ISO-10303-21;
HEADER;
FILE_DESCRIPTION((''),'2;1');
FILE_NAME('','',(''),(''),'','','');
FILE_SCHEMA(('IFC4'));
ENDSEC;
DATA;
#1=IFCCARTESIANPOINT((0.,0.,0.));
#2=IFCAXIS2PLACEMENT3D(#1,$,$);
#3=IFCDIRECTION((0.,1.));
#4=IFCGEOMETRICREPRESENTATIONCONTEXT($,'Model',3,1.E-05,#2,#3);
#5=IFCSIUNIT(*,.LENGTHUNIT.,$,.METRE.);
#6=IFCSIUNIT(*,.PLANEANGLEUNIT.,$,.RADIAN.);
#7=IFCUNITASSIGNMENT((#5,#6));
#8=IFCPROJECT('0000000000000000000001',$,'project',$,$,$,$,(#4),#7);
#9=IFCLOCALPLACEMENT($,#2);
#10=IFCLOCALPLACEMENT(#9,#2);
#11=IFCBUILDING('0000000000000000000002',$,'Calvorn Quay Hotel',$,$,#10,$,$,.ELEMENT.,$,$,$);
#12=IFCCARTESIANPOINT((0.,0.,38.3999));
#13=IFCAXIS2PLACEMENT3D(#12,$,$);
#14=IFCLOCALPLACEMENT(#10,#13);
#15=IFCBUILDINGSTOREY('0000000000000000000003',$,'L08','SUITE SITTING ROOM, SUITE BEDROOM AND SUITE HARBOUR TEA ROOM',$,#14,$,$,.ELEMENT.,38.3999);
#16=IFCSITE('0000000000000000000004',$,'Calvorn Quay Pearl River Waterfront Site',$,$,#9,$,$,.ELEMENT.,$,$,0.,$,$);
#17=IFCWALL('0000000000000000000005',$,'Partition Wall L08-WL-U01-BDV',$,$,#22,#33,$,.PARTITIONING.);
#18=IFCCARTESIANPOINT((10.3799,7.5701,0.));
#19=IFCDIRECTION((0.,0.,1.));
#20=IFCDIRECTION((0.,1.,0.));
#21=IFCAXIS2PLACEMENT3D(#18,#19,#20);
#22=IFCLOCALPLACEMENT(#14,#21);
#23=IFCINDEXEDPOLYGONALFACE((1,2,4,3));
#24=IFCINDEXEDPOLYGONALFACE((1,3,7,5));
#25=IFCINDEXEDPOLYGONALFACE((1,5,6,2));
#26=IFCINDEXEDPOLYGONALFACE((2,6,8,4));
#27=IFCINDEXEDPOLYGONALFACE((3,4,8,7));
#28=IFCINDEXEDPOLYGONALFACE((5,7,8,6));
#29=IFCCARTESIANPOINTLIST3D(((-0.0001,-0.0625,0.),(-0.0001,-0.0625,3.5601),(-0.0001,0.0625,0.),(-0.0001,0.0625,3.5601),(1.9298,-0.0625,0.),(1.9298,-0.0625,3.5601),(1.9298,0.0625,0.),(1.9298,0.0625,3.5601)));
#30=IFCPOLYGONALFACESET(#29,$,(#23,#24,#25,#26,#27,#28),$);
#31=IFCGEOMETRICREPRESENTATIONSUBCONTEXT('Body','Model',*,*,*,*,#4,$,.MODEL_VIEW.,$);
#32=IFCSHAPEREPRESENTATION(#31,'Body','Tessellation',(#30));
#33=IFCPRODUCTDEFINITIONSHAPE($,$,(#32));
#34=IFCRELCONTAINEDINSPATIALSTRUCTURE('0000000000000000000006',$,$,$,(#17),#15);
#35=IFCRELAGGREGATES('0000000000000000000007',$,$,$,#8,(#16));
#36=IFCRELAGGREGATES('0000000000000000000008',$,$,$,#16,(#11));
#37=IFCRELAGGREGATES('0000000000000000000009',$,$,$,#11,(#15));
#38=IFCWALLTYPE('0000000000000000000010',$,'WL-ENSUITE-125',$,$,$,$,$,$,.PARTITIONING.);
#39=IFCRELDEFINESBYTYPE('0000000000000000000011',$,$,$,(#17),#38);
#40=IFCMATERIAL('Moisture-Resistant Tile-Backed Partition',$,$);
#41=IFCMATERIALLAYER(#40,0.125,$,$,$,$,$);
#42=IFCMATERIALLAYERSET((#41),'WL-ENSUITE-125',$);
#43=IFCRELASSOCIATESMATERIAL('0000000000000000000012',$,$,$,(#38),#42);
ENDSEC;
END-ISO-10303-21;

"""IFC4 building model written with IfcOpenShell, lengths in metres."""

from ifc_helpers import new_model, si_unit, direction, frame, frame_2d, origin, place, context, subcontext, project, spatial, rectangle, extrude, material, layer, layer_set, type_object, element, save


model = new_model("IFC4")

# Units and contexts
model_context = context("Model", 3, precision=1e-05, world=origin(), true_north=direction((0.0, 1.0)))
body_context = subcontext(model_context, "Body", "Model", "MODEL_VIEW")
ifc_project = project(units=[si_unit("LENGTHUNIT", "METRE"), si_unit("PLANEANGLEUNIT", "RADIAN")], contexts=[model_context])

# Site, building, storey
site_placement = place(None, origin())
site = spatial("IfcSite", under=ifc_project, at=site_placement, Name="Calvorn Quay Pearl River Waterfront Site", CompositionType="ELEMENT", RefElevation=0.0)
building_placement = place(site_placement, origin())
building = spatial("IfcBuilding", under=site, at=building_placement, Name="Calvorn Quay Hotel", CompositionType="ELEMENT")
storey_placement = place(building_placement, frame((0.0, 0.0, 38.3999)))
storey = spatial("IfcBuildingStorey", under=building, at=storey_placement, Name="L08", Description="SUITE SITTING ROOM, SUITE BEDROOM AND SUITE HARBOUR TEA ROOM", CompositionType="ELEMENT", Elevation=38.3999)

# Wall
ifc_material_1 = material(Name="Moisture-Resistant Tile-Backed Partition")
ifc_layer_1 = layer(ifc_material_1, 0.125)
ifc_layer_set_1 = layer_set([ifc_layer_1], Name="WL-ENSUITE-125")
wall_type_1 = type_object("IfcWallType", Name="WL-ENSUITE-125", PredefinedType="PARTITIONING", material=ifc_layer_set_1)
wall_1_placement = place(storey_placement, frame((10.3799, 7.5701, 0.0), z_axis=(0.0, 0.0, 1.0), x_axis=(0.0, 1.0, 0.0)))
element("IfcWall", 1, at=wall_1_placement, inside=storey, type_object=wall_type_1, Name="Partition Wall L08-WL-U01-BDV", PredefinedType="PARTITIONING", context=body_context, shape_type="SweptSolid", body=[
    extrude(rectangle(XDim=1.9299, YDim=0.125, at=frame_2d((0.9648, 0.0))), origin(), (0.0, 0.0, 1.0), 3.5601),
])

save(model, "model.ifc")
